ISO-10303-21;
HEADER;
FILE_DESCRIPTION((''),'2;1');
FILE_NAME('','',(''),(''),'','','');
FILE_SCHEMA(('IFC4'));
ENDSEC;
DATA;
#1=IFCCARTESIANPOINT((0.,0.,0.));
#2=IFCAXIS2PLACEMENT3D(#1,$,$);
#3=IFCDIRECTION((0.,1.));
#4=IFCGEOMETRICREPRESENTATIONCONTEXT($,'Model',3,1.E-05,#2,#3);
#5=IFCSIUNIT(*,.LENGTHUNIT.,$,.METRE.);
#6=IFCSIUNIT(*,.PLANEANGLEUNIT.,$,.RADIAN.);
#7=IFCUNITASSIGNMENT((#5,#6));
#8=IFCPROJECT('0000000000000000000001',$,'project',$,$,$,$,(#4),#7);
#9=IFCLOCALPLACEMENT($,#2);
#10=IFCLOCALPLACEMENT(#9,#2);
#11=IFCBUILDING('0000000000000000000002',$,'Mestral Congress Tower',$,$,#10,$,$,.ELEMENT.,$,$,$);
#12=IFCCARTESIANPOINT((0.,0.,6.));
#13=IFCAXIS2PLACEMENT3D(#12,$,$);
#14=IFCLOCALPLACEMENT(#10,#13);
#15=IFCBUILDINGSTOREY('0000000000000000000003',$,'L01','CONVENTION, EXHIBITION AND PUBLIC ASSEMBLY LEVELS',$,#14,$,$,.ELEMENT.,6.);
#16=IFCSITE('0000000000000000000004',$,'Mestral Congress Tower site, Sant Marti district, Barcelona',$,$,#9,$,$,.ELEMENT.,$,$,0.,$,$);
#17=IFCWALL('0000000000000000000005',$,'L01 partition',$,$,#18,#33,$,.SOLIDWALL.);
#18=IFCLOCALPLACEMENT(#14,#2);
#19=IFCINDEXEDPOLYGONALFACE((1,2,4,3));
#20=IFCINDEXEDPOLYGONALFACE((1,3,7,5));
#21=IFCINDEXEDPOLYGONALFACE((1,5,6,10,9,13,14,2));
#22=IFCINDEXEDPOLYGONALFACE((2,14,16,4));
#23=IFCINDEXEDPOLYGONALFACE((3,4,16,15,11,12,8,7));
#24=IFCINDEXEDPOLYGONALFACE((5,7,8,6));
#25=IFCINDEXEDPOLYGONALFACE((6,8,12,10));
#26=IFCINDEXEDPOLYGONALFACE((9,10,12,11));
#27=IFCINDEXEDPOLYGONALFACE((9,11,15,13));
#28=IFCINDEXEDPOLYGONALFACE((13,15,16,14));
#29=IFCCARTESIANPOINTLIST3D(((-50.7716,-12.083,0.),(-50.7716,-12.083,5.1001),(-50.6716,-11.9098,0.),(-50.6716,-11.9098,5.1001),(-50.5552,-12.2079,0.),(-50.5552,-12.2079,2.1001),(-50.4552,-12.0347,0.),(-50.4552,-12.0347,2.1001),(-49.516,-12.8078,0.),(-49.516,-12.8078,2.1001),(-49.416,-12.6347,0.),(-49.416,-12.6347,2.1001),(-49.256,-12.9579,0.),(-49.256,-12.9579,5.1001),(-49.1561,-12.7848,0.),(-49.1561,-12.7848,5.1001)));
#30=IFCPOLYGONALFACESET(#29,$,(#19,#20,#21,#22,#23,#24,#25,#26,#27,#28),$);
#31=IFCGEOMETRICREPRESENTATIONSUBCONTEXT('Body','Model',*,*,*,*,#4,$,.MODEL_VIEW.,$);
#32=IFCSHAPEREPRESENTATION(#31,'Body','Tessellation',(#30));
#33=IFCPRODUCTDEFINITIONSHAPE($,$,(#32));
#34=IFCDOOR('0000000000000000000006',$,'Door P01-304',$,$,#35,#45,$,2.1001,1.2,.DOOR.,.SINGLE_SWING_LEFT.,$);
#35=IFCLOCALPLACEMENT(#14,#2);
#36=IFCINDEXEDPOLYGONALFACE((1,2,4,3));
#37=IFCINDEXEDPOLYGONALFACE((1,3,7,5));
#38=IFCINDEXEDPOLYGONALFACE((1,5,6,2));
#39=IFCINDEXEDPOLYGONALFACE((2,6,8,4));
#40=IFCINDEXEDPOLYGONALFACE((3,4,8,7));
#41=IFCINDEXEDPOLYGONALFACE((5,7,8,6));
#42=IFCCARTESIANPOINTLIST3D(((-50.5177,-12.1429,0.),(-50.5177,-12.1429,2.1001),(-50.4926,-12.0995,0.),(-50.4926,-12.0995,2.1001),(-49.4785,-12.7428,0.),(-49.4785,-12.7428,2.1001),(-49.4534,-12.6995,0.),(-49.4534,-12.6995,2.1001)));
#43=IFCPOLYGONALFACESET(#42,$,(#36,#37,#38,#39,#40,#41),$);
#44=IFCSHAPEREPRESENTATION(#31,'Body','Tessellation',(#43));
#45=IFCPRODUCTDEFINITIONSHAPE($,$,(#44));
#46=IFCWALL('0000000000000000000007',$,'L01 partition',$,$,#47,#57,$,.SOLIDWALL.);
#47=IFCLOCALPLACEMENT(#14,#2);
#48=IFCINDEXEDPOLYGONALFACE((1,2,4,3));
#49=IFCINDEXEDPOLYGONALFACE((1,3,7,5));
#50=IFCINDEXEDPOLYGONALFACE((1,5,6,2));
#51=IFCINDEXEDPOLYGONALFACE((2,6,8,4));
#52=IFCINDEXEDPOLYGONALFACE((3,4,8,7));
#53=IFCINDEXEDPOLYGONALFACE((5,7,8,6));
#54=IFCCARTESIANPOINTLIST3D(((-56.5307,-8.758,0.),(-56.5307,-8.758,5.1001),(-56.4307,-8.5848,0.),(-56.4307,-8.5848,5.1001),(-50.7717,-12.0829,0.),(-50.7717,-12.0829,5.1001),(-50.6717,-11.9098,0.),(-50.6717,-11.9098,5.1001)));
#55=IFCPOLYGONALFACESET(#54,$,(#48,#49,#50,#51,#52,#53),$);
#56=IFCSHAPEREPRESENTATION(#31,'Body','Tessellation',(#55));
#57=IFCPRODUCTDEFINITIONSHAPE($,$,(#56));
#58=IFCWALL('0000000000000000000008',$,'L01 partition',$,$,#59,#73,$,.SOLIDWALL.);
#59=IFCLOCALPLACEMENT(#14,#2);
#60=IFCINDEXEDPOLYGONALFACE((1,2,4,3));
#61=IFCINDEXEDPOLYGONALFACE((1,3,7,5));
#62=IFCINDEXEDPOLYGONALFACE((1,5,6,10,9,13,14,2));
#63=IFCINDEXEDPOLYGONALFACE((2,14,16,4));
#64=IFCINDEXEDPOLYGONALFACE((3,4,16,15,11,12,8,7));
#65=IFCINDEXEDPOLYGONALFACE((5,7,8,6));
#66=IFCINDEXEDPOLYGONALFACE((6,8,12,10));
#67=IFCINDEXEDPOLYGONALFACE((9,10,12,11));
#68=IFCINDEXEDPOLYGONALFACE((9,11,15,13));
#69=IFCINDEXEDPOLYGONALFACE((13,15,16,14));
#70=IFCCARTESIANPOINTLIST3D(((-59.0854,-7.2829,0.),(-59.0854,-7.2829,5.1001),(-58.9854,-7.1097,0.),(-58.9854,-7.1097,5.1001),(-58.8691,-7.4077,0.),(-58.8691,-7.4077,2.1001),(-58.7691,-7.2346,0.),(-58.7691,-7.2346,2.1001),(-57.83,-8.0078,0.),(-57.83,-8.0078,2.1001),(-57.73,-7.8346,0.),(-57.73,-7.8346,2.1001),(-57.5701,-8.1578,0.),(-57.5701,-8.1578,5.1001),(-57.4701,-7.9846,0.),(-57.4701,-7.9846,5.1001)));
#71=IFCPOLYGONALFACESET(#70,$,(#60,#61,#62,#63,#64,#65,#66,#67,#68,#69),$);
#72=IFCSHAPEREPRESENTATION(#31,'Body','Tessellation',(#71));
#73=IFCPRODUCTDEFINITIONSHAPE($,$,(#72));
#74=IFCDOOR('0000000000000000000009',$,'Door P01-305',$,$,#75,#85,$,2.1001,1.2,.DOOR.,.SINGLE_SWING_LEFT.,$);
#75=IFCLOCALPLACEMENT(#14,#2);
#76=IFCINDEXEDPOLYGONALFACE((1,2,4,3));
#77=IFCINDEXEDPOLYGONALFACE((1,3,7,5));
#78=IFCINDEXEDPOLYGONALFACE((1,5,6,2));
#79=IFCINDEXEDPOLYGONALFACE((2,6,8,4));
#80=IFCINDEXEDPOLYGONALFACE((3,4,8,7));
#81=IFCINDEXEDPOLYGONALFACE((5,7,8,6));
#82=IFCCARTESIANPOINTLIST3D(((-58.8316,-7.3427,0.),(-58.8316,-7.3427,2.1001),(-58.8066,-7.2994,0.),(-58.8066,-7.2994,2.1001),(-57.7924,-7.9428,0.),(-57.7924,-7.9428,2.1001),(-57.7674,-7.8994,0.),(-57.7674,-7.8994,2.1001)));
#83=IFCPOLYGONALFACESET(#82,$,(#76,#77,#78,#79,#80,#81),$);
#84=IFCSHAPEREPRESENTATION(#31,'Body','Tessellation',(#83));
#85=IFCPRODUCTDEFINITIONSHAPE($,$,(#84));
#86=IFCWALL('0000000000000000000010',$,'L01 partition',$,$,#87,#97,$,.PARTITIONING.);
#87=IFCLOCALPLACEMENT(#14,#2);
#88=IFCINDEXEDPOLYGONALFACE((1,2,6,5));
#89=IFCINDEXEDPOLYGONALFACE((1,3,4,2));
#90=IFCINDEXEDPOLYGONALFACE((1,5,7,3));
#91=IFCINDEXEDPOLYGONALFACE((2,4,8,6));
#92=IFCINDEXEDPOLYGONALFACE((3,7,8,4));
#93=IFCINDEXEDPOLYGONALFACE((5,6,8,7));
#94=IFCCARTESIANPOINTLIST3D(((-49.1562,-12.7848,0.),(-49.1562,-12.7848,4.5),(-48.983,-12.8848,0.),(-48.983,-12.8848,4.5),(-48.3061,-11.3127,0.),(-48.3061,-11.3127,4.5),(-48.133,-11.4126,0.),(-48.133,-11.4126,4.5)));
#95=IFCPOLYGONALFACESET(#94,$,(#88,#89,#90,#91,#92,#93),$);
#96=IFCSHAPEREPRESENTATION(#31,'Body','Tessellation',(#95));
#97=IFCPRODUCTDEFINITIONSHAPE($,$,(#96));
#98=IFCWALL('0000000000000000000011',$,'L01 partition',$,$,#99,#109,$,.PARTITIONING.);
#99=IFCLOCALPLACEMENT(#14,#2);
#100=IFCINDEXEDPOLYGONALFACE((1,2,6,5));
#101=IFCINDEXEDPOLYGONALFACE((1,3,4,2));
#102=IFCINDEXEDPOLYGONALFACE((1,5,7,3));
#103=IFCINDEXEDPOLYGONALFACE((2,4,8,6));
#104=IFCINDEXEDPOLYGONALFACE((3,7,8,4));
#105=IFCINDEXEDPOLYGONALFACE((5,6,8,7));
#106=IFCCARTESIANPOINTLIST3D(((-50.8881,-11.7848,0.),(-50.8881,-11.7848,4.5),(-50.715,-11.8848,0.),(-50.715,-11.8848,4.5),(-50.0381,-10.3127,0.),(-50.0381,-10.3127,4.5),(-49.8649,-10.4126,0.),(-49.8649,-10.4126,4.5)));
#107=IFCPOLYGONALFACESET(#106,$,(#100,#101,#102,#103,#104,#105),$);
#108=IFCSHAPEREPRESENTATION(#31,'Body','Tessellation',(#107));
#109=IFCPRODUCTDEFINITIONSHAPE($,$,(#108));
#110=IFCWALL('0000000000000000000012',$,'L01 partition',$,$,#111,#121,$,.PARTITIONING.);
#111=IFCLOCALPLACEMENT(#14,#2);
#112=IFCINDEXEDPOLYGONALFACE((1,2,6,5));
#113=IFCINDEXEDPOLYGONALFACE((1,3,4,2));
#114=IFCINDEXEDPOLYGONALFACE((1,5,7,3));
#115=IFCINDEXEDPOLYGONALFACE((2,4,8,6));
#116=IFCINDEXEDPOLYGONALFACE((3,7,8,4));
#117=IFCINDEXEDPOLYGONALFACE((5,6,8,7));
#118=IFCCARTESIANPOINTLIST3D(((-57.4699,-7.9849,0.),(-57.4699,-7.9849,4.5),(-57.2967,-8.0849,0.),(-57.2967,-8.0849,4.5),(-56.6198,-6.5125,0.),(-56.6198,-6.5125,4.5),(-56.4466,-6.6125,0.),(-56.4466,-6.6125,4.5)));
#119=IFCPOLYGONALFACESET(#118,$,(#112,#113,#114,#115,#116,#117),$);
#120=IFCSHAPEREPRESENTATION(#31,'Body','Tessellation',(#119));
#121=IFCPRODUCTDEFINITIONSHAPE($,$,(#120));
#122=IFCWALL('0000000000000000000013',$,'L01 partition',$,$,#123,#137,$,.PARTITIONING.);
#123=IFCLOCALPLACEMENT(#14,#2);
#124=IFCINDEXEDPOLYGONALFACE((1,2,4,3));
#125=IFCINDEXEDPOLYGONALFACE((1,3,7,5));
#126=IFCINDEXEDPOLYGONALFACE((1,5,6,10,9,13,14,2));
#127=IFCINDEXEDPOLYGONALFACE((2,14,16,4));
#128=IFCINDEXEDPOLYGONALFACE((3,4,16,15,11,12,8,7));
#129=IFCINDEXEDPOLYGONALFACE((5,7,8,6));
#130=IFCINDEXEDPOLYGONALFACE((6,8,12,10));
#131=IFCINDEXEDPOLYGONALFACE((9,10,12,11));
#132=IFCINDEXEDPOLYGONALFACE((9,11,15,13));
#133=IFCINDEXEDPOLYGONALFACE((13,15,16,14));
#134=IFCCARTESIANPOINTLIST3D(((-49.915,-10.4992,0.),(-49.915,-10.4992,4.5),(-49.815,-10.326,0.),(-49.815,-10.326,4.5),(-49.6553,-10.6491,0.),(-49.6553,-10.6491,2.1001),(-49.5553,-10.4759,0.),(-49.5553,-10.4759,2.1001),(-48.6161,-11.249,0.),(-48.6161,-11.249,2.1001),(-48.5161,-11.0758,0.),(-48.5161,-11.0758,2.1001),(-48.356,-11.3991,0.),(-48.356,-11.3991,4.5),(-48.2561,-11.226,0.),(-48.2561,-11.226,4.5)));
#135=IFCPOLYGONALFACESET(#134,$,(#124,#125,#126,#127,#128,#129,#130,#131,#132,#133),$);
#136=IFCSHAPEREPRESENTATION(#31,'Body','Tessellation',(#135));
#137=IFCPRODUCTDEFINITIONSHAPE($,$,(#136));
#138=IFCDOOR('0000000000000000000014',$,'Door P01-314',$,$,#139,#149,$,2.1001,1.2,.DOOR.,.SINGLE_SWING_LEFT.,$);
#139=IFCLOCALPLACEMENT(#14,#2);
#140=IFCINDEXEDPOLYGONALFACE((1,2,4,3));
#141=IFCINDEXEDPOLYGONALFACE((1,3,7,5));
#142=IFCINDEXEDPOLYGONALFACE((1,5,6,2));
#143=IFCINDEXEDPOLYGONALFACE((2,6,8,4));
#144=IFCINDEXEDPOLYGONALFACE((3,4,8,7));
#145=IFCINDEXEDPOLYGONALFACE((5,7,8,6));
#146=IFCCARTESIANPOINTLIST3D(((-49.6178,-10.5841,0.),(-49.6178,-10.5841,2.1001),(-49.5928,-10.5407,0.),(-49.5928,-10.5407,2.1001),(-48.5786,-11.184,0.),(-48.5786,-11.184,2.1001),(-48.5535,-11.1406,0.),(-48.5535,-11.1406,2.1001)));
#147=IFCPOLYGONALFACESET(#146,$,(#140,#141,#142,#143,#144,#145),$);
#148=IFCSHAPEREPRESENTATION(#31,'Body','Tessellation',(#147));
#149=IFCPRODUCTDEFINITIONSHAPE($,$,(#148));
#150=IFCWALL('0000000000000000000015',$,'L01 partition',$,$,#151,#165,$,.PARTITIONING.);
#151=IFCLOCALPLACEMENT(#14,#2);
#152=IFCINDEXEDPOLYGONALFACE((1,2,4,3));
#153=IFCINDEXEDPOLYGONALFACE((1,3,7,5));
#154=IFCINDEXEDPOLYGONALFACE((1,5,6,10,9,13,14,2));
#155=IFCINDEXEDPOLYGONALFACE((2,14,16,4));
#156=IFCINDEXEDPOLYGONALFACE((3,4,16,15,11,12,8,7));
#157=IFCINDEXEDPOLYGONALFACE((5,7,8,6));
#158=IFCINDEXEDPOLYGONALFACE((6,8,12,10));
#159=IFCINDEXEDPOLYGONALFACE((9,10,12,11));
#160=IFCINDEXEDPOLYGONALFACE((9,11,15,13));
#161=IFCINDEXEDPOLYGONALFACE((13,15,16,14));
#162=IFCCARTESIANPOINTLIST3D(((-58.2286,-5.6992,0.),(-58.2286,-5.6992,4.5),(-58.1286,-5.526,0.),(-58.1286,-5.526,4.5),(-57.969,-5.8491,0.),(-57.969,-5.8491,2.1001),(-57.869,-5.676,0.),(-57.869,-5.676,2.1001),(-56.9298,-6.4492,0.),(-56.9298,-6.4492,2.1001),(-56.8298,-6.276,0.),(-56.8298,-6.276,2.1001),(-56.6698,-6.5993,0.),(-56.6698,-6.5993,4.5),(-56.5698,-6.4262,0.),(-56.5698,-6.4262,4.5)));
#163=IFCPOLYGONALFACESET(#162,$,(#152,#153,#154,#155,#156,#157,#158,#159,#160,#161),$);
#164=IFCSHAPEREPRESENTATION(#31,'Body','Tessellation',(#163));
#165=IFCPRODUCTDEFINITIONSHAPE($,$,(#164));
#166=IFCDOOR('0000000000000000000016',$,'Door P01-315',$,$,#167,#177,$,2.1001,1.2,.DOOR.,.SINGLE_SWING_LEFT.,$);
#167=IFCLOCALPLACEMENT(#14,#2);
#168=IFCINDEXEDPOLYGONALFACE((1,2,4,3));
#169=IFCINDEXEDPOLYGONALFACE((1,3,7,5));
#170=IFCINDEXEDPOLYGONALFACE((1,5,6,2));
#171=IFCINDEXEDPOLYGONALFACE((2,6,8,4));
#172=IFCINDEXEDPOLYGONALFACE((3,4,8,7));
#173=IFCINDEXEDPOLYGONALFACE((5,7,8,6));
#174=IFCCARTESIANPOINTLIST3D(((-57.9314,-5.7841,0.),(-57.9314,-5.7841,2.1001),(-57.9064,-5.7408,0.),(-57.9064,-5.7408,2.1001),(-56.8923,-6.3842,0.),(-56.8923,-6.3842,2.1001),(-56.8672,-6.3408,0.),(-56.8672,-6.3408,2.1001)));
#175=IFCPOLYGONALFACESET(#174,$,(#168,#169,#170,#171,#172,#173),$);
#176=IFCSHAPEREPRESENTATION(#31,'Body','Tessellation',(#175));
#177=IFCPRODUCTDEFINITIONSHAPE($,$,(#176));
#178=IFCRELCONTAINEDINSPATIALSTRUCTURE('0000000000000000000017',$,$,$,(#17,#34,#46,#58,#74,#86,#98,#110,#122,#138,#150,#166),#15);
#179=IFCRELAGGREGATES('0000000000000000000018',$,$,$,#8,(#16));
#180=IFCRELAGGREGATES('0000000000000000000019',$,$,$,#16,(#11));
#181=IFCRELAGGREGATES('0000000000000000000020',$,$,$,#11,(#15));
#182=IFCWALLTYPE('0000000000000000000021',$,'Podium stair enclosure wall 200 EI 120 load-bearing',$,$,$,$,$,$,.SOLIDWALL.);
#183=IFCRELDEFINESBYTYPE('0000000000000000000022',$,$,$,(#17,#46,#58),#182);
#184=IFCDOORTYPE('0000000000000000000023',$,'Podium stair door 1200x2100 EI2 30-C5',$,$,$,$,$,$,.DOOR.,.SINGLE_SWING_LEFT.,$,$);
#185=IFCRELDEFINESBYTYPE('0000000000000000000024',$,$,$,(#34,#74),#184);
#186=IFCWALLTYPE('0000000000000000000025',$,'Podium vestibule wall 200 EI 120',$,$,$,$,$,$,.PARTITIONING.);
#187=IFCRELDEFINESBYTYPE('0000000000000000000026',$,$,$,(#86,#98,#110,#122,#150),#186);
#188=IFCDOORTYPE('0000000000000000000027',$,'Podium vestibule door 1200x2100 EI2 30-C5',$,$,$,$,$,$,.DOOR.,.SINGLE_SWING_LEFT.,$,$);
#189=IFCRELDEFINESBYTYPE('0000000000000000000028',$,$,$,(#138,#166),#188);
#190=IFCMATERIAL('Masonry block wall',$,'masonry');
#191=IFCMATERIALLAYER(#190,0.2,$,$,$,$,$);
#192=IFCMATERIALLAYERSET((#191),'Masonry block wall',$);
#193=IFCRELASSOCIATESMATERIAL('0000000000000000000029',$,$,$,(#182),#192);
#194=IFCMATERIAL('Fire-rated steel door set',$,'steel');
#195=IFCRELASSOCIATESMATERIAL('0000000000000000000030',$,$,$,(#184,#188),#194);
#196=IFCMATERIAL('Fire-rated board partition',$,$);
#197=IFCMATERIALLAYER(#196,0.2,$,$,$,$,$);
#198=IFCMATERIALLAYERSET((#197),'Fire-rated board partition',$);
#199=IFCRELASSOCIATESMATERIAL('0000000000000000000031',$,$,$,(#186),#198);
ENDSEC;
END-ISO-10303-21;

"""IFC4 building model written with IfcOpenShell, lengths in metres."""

from ifc_helpers import new_model, si_unit, direction, frame, frame_2d, origin, place, context, subcontext, project, spatial, rectangle, extrude, material, layer, layer_set, type_object, element, fill, save


model = new_model("IFC4")

# Units and contexts
model_context = context("Model", 3, precision=1e-05, world=origin(), true_north=direction((0.0, 1.0)))
body_context = subcontext(model_context, "Body", "Model", "MODEL_VIEW")
ifc_project = project(units=[si_unit("LENGTHUNIT", "METRE"), si_unit("PLANEANGLEUNIT", "RADIAN")], contexts=[model_context])

# Site, building, storey
site_placement = place(None, origin())
site = spatial("IfcSite", under=ifc_project, at=site_placement, Name="Mestral Congress Tower site, Sant Marti district, Barcelona", CompositionType="ELEMENT", RefElevation=0.0)
building_placement = place(site_placement, origin())
building = spatial("IfcBuilding", under=site, at=building_placement, Name="Mestral Congress Tower", CompositionType="ELEMENT")
storey_placement = place(building_placement, frame((0.0, 0.0, 6.0)))
storey = spatial("IfcBuildingStorey", under=building, at=storey_placement, Name="L01", Description="CONVENTION, EXHIBITION AND PUBLIC ASSEMBLY LEVELS", CompositionType="ELEMENT", Elevation=6.0)

# Shared definitions
ifc_material_1 = material(Name="Masonry block wall", Category="masonry")
ifc_layer_1 = layer(ifc_material_1, 0.2)
ifc_layer_set_1 = layer_set([ifc_layer_1], Name="Masonry block wall")
wall_type_1 = type_object("IfcWallType", Name="Podium stair enclosure wall 200 EI 120 load-bearing", PredefinedType="SOLIDWALL", material=ifc_layer_set_1)

# Wall, opening, door
wall_1_placement = place(storey_placement, frame((-49.2061, -12.8713, 0.0), z_axis=(0.0, 0.0, 1.0), x_axis=(-0.866037, 0.49998, 0.0)))
wall_1 = element("IfcWall", 1, at=wall_1_placement, inside=storey, type_object=wall_type_1, Name="L01 partition", PredefinedType="SOLIDWALL", context=body_context, shape_type="SweptSolid", body=[
    extrude(rectangle(XDim=1.75, YDim=0.2, at=frame_2d((0.875, 0.0))), origin(), (0.0, 0.0, 1.0), 5.1001),
])
opening_1_placement = place(wall_1_placement, frame((0.3, 0.0, 0.0)))
opening_1 = element("IfcOpeningElement", 2, at=opening_1_placement, cuts=wall_1, PredefinedType="OPENING", context=body_context, shape_type="SweptSolid", body=[
    extrude(rectangle(XDim=1.2, YDim=2.1001, at=frame_2d((0.6001, 1.05))), frame((0.0, 0.1099, 0.0), z_axis=(0.0, -1.0, 0.0), x_axis=(1.0, 0.0, 0.0)), (0.0, 0.0, 1.0), 0.22),
])
ifc_material_2 = material(Name="Fire-rated steel door set", Category="steel")
door_type_1 = type_object("IfcDoorType", Name="Podium stair door 1200x2100 EI2 30-C5", OperationType="SINGLE_SWING_LEFT", PredefinedType="DOOR", material=ifc_material_2)
door_1_placement = place(opening_1_placement, origin())
door_1 = element("IfcDoor", 3, at=door_1_placement, inside=storey, type_object=door_type_1, Name="Door P01-304", OperationType="SINGLE_SWING_LEFT", OverallHeight=2.1001, OverallWidth=1.2, PredefinedType="DOOR", context=body_context, shape_type="SweptSolid", body=[
    extrude(rectangle(XDim=1.2, YDim=2.1001, at=frame_2d((0.6001, 1.05))), frame((0.0, 0.0249, 0.0), z_axis=(0.0, -1.0, 0.0), x_axis=(1.0, 0.0, 0.0)), (0.0, 0.0, 1.0), 0.05),
])
fill(opening_1, door_1)

# Wall
wall_2_placement = place(storey_placement, frame((-50.7217, -11.9963, 0.0), z_axis=(0.0, 0.0, 1.0), x_axis=(-0.866027, 0.499997, 0.0)))
element("IfcWall", 4, at=wall_2_placement, inside=storey, type_object=wall_type_1, Name="L01 partition", PredefinedType="SOLIDWALL", context=body_context, shape_type="SweptSolid", body=[
    extrude(rectangle(XDim=6.6499, YDim=0.2, at=frame_2d((3.325, 0.0))), origin(), (0.0, 0.0, 1.0), 5.1001),
])

# Wall, opening, door
wall_3_placement = place(storey_placement, frame((-57.52, -8.0713, 0.0), z_axis=(0.0, 0.0, 1.0), x_axis=(-0.866002, 0.50004, 0.0)))
wall_3 = element("IfcWall", 5, at=wall_3_placement, inside=storey, type_object=wall_type_1, Name="L01 partition", PredefinedType="SOLIDWALL", context=body_context, shape_type="SweptSolid", body=[
    extrude(rectangle(XDim=1.7498, YDim=0.2, at=frame_2d((0.875, 0.0))), origin(), (0.0, 0.0, 1.0), 5.1001),
])
opening_2_placement = place(wall_3_placement, frame((0.3, 0.0, 0.0)))
opening_2 = element("IfcOpeningElement", 6, at=opening_2_placement, cuts=wall_3, PredefinedType="OPENING", context=body_context, shape_type="SweptSolid", body=[
    extrude(rectangle(XDim=1.2, YDim=2.1001, at=frame_2d((0.6001, 1.05))), frame((0.0, 0.1099, 0.0), z_axis=(0.0, -1.0, 0.0), x_axis=(1.0, 0.0, 0.0)), (0.0, 0.0, 1.0), 0.22),
])
door_2_placement = place(opening_2_placement, origin())
door_2 = element("IfcDoor", 7, at=door_2_placement, inside=storey, type_object=door_type_1, Name="Door P01-305", OperationType="SINGLE_SWING_LEFT", OverallHeight=2.1001, OverallWidth=1.2, PredefinedType="DOOR", context=body_context, shape_type="SweptSolid", body=[
    extrude(rectangle(XDim=1.2, YDim=2.1001, at=frame_2d((0.6001, 1.05))), frame((0.0, 0.0249, 0.0), z_axis=(0.0, -1.0, 0.0), x_axis=(1.0, 0.0, 0.0)), (0.0, 0.0, 1.0), 0.05),
])
fill(opening_2, door_2)

# Walls
ifc_material_3 = material(Name="Fire-rated board partition")
ifc_layer_2 = layer(ifc_material_3, 0.2)
ifc_layer_set_2 = layer_set([ifc_layer_2], Name="Fire-rated board partition")
wall_type_2 = type_object("IfcWallType", Name="Podium vestibule wall 200 EI 120", PredefinedType="PARTITIONING", material=ifc_layer_set_2)
for number, where, z_axis, x_axis, name in (
    (8, (-48.2195, -11.3625, 0.0), (0.0, 0.0, 1.0), (-0.500062, -0.865989, 0.0), "L01 partition"),
    (9, (-49.9514, -10.3625, 0.0), (0.0, 0.0, 1.0), (-0.500062, -0.865989, 0.0), "L01 partition"),
):
    element("IfcWall", number, at=place(storey_placement, frame(where, z_axis=z_axis, x_axis=x_axis)), inside=storey, type_object=wall_type_2, Name=name, PredefinedType="PARTITIONING", context=body_context, shape_type="SweptSolid", body=[
        extrude(rectangle(XDim=1.7, YDim=0.2, at=frame_2d((0.8501, 0.0))), origin(), (0.0, 0.0, 1.0), 4.5),
    ])
wall_4_placement = place(storey_placement, frame((-56.5332, -6.5625, 0.0), z_axis=(0.0, 0.0, 1.0), x_axis=(-0.5, -0.866025, 0.0)))
element("IfcWall", 10, at=wall_4_placement, inside=storey, type_object=wall_type_2, Name="L01 partition", PredefinedType="PARTITIONING", context=body_context, shape_type="SweptSolid", body=[
    extrude(rectangle(XDim=1.7002, YDim=0.2, at=frame_2d((0.8501, 0.0))), origin(), (0.0, 0.0, 1.0), 4.5),
])

# Walls, openings, doors
wall_5_placement = place(storey_placement, frame((-48.3062, -11.3125, 0.0), z_axis=(0.0, 0.0, 1.0), x_axis=(-0.866048, 0.499961, 0.0)))
wall_5 = element("IfcWall", 11, at=wall_5_placement, inside=storey, type_object=wall_type_2, Name="L01 partition", PredefinedType="PARTITIONING", context=body_context, shape_type="SweptSolid", body=[
    extrude(rectangle(XDim=1.8, YDim=0.2, at=frame_2d((0.8999, 0.0))), origin(), (0.0, 0.0, 1.0), 4.5),
])
opening_3_placement = place(wall_5_placement, frame((0.3, 0.0, 0.0)))
opening_3 = element("IfcOpeningElement", 12, at=opening_3_placement, cuts=wall_5, PredefinedType="OPENING", context=body_context, shape_type="SweptSolid", body=[
    extrude(rectangle(XDim=1.2, YDim=2.1001, at=frame_2d((0.6001, 1.05))), frame((0.0, 0.1099, 0.0), z_axis=(0.0, -1.0, 0.0), x_axis=(1.0, 0.0, 0.0)), (0.0, 0.0, 1.0), 0.22),
])
door_type_2 = type_object("IfcDoorType", Name="Podium vestibule door 1200x2100 EI2 30-C5", OperationType="SINGLE_SWING_LEFT", PredefinedType="DOOR", material=ifc_material_2)
door_3_placement = place(opening_3_placement, origin())
door_3 = element("IfcDoor", 13, at=door_3_placement, inside=storey, type_object=door_type_2, Name="Door P01-314", OperationType="SINGLE_SWING_LEFT", OverallHeight=2.1001, OverallWidth=1.2, PredefinedType="DOOR", context=body_context, shape_type="SweptSolid", body=[
    extrude(rectangle(XDim=1.2, YDim=2.1001, at=frame_2d((0.6001, 1.05))), frame((0.0, 0.0249, 0.0), z_axis=(0.0, -1.0, 0.0), x_axis=(1.0, 0.0, 0.0)), (0.0, 0.0, 1.0), 0.05),
])
fill(opening_3, door_3)
wall_6_placement = place(storey_placement, frame((-56.6199, -6.5127, 0.0), z_axis=(0.0, 0.0, 1.0), x_axis=(-0.865989, 0.500063, 0.0)))
wall_6 = element("IfcWall", 14, at=wall_6_placement, inside=storey, type_object=wall_type_2, Name="L01 partition", PredefinedType="PARTITIONING", context=body_context, shape_type="SweptSolid", body=[
    extrude(rectangle(XDim=1.8, YDim=0.2, at=frame_2d((0.8999, 0.0))), origin(), (0.0, 0.0, 1.0), 4.5),
])
opening_4_placement = place(wall_6_placement, frame((0.3, 0.0, 0.0)))
opening_4 = element("IfcOpeningElement", 15, at=opening_4_placement, cuts=wall_6, PredefinedType="OPENING", context=body_context, shape_type="SweptSolid", body=[
    extrude(rectangle(XDim=1.2, YDim=2.1001, at=frame_2d((0.6001, 1.05))), frame((0.0, 0.1099, 0.0), z_axis=(0.0, -1.0, 0.0), x_axis=(1.0, 0.0, 0.0)), (0.0, 0.0, 1.0), 0.22),
])
door_4_placement = place(opening_4_placement, origin())
door_4 = element("IfcDoor", 16, at=door_4_placement, inside=storey, type_object=door_type_2, Name="Door P01-315", OperationType="SINGLE_SWING_LEFT", OverallHeight=2.1001, OverallWidth=1.2, PredefinedType="DOOR", context=body_context, shape_type="SweptSolid", body=[
    extrude(rectangle(XDim=1.2, YDim=2.1001, at=frame_2d((0.6001, 1.05))), frame((0.0, 0.0249, 0.0), z_axis=(0.0, -1.0, 0.0), x_axis=(1.0, 0.0, 0.0)), (0.0, 0.0, 1.0), 0.05),
])
fill(opening_4, door_4)

save(model, "model.ifc")
